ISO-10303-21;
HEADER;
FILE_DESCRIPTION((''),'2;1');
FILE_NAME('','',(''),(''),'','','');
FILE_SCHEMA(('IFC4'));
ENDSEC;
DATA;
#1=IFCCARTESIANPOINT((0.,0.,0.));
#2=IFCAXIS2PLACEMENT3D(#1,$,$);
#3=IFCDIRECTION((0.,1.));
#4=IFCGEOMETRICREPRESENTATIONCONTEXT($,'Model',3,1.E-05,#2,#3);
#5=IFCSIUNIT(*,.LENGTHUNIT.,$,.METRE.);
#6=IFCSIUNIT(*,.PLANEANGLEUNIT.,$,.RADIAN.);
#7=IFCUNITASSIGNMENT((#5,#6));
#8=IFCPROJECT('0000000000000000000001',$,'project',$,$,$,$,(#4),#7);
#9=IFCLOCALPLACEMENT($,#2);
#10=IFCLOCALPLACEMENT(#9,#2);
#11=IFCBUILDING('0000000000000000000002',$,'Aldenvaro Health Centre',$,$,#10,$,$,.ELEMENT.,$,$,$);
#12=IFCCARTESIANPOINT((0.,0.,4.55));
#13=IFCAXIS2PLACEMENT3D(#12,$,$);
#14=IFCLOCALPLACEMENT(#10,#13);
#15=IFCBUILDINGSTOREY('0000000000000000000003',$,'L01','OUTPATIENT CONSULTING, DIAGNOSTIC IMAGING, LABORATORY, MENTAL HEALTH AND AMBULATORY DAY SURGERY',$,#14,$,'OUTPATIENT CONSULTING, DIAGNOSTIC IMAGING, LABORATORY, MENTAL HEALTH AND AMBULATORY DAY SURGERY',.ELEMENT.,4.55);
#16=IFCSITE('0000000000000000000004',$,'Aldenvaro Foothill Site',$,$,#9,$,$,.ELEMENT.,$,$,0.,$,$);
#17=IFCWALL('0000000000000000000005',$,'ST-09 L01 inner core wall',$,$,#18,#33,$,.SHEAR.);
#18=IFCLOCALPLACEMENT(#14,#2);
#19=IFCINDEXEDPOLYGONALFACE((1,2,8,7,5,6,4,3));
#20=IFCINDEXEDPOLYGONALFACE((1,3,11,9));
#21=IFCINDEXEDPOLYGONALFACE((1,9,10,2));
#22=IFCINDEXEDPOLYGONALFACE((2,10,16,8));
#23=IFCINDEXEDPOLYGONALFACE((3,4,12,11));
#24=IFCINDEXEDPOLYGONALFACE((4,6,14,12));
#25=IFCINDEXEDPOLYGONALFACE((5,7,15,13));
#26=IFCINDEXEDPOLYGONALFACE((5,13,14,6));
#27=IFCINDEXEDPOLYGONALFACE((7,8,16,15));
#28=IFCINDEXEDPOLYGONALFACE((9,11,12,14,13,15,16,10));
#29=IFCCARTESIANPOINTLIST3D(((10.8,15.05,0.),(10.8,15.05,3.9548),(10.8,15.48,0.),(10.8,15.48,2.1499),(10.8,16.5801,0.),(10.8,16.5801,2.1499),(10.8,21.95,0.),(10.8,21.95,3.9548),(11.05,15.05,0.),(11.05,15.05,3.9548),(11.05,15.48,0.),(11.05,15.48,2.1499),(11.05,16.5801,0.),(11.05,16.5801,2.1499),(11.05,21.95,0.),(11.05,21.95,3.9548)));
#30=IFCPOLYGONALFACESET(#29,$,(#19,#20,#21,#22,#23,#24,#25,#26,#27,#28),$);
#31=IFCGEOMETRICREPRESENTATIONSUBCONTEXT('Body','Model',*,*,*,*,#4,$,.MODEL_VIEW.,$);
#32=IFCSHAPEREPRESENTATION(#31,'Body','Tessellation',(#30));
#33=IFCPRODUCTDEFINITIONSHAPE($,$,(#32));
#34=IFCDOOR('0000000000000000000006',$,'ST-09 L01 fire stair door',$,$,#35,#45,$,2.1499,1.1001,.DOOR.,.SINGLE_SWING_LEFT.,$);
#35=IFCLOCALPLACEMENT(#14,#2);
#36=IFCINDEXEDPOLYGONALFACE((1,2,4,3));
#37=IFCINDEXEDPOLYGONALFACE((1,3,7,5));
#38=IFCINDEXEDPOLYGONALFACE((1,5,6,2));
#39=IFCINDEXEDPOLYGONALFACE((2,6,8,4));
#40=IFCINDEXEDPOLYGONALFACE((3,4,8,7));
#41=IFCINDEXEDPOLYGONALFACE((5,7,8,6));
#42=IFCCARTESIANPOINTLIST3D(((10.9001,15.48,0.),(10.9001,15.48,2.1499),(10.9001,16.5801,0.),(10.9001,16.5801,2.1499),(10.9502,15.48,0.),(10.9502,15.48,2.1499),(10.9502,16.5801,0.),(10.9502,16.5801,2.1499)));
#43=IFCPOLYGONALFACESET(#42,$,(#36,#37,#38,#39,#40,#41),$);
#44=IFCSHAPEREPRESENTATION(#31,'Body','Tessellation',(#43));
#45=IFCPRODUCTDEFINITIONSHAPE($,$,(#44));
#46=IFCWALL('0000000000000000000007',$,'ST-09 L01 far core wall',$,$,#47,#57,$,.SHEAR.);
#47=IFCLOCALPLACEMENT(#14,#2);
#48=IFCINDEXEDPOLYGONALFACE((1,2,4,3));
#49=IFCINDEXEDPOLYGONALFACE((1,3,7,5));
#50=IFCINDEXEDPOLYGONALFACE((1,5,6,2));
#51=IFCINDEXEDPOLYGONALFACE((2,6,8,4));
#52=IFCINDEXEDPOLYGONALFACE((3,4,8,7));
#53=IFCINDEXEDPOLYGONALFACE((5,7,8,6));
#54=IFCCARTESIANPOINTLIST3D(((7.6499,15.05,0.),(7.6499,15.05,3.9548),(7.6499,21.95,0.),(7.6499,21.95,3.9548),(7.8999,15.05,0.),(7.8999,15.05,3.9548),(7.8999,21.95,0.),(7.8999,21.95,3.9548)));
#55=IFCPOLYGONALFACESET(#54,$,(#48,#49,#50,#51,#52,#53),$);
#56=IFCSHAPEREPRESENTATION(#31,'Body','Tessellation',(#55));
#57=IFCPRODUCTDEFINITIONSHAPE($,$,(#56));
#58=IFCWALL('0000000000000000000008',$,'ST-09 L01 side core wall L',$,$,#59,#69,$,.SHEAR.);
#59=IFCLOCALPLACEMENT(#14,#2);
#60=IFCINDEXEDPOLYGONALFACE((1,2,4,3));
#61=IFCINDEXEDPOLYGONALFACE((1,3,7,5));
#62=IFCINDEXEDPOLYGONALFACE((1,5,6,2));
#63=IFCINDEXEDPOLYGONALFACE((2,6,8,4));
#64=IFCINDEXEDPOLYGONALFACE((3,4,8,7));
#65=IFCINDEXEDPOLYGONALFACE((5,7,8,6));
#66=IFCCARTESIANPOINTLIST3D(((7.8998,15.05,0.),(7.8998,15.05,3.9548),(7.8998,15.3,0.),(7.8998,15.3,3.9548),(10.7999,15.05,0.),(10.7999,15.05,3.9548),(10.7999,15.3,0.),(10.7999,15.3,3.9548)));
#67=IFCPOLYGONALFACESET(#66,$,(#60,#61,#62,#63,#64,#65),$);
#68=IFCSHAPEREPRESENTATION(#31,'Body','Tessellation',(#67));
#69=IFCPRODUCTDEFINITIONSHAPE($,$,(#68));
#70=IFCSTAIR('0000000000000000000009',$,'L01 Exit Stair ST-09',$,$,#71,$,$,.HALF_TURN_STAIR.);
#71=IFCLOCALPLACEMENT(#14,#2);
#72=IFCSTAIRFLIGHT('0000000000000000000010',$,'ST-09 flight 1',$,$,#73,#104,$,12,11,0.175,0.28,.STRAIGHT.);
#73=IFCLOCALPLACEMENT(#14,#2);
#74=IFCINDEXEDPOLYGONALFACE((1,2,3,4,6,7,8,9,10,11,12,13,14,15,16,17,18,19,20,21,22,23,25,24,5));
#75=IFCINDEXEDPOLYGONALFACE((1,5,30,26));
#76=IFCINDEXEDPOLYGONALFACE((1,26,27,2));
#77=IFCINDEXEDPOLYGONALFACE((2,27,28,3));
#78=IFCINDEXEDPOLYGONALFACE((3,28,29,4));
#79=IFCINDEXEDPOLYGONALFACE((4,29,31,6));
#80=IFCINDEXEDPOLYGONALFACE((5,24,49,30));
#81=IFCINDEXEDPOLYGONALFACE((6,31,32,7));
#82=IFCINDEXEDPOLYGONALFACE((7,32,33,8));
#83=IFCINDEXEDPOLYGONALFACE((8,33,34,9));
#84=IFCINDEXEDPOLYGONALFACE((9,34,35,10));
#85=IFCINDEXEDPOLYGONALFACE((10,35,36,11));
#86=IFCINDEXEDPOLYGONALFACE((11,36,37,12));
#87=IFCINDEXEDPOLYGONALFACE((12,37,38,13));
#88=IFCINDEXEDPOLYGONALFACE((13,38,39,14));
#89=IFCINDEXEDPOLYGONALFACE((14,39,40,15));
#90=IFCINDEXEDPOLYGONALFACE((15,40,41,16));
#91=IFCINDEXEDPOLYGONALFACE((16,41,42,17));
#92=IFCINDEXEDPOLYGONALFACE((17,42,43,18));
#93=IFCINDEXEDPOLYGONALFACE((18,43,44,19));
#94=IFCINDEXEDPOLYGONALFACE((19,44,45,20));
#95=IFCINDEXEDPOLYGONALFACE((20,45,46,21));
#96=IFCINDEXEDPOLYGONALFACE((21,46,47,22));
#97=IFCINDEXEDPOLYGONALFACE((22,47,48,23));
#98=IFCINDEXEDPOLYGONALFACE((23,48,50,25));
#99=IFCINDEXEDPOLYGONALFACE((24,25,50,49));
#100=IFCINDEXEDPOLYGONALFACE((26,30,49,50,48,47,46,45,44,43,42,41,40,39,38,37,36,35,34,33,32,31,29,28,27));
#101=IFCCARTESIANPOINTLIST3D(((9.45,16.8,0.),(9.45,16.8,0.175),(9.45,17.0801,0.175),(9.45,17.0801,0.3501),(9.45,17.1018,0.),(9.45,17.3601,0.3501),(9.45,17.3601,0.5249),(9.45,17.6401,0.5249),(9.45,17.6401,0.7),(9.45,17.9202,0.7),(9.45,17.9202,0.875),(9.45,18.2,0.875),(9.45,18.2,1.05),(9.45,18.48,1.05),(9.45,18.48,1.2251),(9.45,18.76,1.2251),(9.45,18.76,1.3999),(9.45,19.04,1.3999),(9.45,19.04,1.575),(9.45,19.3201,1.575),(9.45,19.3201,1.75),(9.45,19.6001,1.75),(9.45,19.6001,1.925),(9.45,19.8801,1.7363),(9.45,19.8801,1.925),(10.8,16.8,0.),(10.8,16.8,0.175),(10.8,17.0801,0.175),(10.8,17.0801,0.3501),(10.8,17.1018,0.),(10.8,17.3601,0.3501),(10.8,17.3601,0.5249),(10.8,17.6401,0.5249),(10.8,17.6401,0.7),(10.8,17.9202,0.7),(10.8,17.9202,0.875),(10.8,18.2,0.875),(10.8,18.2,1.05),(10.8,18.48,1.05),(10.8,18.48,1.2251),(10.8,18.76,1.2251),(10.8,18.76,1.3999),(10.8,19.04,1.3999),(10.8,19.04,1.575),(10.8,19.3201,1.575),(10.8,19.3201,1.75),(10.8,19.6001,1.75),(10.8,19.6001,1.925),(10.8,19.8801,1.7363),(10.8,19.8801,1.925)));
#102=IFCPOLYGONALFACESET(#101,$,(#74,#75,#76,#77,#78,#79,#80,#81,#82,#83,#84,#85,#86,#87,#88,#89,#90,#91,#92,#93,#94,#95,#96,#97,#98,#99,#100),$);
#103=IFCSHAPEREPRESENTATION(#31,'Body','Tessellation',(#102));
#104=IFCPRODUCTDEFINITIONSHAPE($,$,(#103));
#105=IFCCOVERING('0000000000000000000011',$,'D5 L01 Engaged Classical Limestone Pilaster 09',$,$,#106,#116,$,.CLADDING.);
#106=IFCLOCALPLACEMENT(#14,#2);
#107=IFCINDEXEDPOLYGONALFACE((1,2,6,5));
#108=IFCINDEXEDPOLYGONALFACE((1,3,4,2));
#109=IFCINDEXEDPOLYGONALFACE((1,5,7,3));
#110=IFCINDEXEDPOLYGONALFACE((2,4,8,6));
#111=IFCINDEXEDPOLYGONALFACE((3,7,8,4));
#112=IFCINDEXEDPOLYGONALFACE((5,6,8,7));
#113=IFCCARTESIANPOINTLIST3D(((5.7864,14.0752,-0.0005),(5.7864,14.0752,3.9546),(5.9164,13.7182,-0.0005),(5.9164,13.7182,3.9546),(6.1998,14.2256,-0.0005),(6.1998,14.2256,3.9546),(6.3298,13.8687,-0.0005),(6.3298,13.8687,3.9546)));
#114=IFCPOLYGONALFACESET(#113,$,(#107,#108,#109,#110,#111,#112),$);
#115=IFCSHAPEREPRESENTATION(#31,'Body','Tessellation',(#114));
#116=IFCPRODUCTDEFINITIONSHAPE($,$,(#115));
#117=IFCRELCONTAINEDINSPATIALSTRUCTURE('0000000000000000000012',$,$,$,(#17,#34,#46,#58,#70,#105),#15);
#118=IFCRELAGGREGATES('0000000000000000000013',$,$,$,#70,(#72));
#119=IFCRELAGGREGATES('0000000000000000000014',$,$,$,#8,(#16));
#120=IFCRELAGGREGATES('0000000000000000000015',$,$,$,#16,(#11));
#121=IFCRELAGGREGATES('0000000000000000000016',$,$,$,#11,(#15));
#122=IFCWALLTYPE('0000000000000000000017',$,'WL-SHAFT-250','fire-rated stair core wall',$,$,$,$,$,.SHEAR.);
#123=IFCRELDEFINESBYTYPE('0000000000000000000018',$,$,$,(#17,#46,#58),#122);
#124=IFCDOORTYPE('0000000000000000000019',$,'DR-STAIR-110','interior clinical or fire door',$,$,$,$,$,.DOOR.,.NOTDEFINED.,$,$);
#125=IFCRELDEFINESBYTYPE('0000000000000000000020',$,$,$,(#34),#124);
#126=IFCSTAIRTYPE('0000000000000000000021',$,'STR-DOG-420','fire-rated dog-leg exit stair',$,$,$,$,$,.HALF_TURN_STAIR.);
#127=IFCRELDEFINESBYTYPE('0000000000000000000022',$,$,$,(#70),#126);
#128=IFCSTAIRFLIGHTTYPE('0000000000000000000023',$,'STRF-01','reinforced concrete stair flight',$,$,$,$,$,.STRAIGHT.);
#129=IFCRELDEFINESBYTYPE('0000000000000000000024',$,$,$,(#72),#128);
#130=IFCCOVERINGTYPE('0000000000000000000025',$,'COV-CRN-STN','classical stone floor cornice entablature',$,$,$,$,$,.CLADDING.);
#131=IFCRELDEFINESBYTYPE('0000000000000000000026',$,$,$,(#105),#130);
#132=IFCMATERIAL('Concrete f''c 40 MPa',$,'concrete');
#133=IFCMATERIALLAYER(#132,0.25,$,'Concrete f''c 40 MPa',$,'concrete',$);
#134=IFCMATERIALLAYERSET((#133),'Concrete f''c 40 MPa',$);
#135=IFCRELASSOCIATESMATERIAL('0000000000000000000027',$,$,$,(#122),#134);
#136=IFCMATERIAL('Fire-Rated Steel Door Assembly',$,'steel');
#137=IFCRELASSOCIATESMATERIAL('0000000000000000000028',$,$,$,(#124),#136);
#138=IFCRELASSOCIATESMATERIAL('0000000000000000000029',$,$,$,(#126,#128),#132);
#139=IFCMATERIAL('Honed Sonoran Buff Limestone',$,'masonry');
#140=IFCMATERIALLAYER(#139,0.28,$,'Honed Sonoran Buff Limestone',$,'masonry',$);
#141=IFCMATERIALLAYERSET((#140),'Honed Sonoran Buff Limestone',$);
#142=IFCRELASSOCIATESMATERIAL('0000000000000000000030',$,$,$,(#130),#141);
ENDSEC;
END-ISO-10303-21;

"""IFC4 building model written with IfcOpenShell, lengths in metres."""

from ifc_helpers import new_model, si_unit, direction, frame, frame_2d, origin, origin_2d, place, context, subcontext, project, spatial, polyline, rectangle, outline, extrude, material, layer, layer_set, type_object, element, fill, aggregate, save


model = new_model("IFC4")

# Units and contexts
model_context = context("Model", 3, precision=1e-05, world=origin(), true_north=direction((0.0, 1.0)))
body_context = subcontext(model_context, "Body", "Model", "MODEL_VIEW")
ifc_project = project(units=[si_unit("LENGTHUNIT", "METRE"), si_unit("PLANEANGLEUNIT", "RADIAN")], contexts=[model_context])

# Site, building, storey
site_placement = place(None, origin())
site = spatial("IfcSite", under=ifc_project, at=site_placement, Name="Aldenvaro Foothill Site", CompositionType="ELEMENT", RefElevation=0.0)
building_placement = place(site_placement, origin())
building = spatial("IfcBuilding", under=site, at=building_placement, Name="Aldenvaro Health Centre", CompositionType="ELEMENT")
storey_placement = place(building_placement, frame((0.0, 0.0, 4.55)))
storey = spatial("IfcBuildingStorey", under=building, at=storey_placement, Name="L01", Description="OUTPATIENT CONSULTING, DIAGNOSTIC IMAGING, LABORATORY, MENTAL HEALTH AND AMBULATORY DAY SURGERY", LongName="OUTPATIENT CONSULTING, DIAGNOSTIC IMAGING, LABORATORY, MENTAL HEALTH AND AMBULATORY DAY SURGERY", CompositionType="ELEMENT", Elevation=4.55)

# Shared definitions
ifc_material_1 = material(Name="Concrete f'c 40 MPa", Category="concrete")

# Wall, opening, door
ifc_layer_1 = layer(ifc_material_1, 0.25, Name="Concrete f'c 40 MPa", Category="concrete")
ifc_layer_set_1 = layer_set([ifc_layer_1], Name="Concrete f'c 40 MPa")
wall_type_1 = type_object("IfcWallType", Name="WL-SHAFT-250", Description="fire-rated stair core wall", PredefinedType="SHEAR", material=ifc_layer_set_1)
wall_1_placement = place(storey_placement, frame((10.925, 15.05, 0.0), z_axis=(0.0, 0.0, 1.0), x_axis=(0.0, 1.0, 0.0)))
wall_1 = element("IfcWall", 1, at=wall_1_placement, inside=storey, type_object=wall_type_1, Name="ST-09 L01 inner core wall", PredefinedType="SHEAR", context=body_context, shape_type="SweptSolid", body=[
    extrude(rectangle(XDim=6.8999, YDim=0.25, at=frame_2d((3.45, 0.0))), origin(), (0.0, 0.0, 1.0), 3.9548),
])
opening_1_placement = place(wall_1_placement, frame((0.4299, 0.0, 0.0)))
opening_1 = element("IfcOpeningElement", 2, at=opening_1_placement, cuts=wall_1, PredefinedType="OPENING", context=body_context, shape_type="SweptSolid", body=[
    extrude(rectangle(XDim=1.1001, YDim=2.1499, at=frame_2d((0.55, 1.075))), frame((0.0, 0.135, 0.0), z_axis=(0.0, -1.0, 0.0), x_axis=(1.0, 0.0, 0.0)), (0.0, 0.0, 1.0), 0.27),
])
ifc_material_2 = material(Name="Fire-Rated Steel Door Assembly", Category="steel")
door_type = type_object("IfcDoorType", Name="DR-STAIR-110", Description="interior clinical or fire door", OperationType="NOTDEFINED", PredefinedType="DOOR", material=ifc_material_2)
door_placement = place(opening_1_placement, origin())
door = element("IfcDoor", 3, at=door_placement, inside=storey, type_object=door_type, Name="ST-09 L01 fire stair door", OperationType="SINGLE_SWING_LEFT", OverallHeight=2.1499, OverallWidth=1.1001, PredefinedType="DOOR", context=body_context, shape_type="SweptSolid", body=[
    extrude(rectangle(XDim=1.1001, YDim=2.1499, at=frame_2d((0.55, 1.075))), frame((0.0, 0.0249, 0.0), z_axis=(0.0, -1.0, 0.0), x_axis=(1.0, 0.0, 0.0)), (0.0, 0.0, 1.0), 0.05),
])
fill(opening_1, door)

# Walls
wall_2_placement = place(storey_placement, frame((7.7749, 15.05, 0.0), z_axis=(0.0, 0.0, 1.0), x_axis=(0.0, 1.0, 0.0)))
element("IfcWall", 4, at=wall_2_placement, inside=storey, type_object=wall_type_1, Name="ST-09 L01 far core wall", PredefinedType="SHEAR", context=body_context, shape_type="SweptSolid", body=[
    extrude(rectangle(XDim=6.8999, YDim=0.25, at=frame_2d((3.45, 0.0))), origin(), (0.0, 0.0, 1.0), 3.9548),
])
wall_3_placement = place(storey_placement, frame((10.8, 15.175, 0.0), z_axis=(0.0, 0.0, 1.0), x_axis=(-1.0, 0.0, 0.0)))
element("IfcWall", 5, at=wall_3_placement, inside=storey, type_object=wall_type_1, Name="ST-09 L01 side core wall L", PredefinedType="SHEAR", context=body_context, shape_type="SweptSolid", body=[
    extrude(rectangle(XDim=2.9001, YDim=0.25, at=frame_2d((1.4502, 0.0))), origin(), (0.0, 0.0, 1.0), 3.9548),
])

# Stair, stair flight
stair_type = type_object("IfcStairType", Name="STR-DOG-420", Description="fire-rated dog-leg exit stair", PredefinedType="HALF_TURN_STAIR", material=ifc_material_1)
stair_placement = place(storey_placement, origin())
stair = element("IfcStair", 6, at=stair_placement, inside=storey, type_object=stair_type, Name="L01 Exit Stair ST-09", PredefinedType="HALF_TURN_STAIR")
stair_flight_type = type_object("IfcStairFlightType", Name="STRF-01", Description="reinforced concrete stair flight", PredefinedType="STRAIGHT", material=ifc_material_1)
stair_flight_placement = place(storey_placement, frame((10.125, 16.8, 0.0), z_axis=(0.0, 0.0, 1.0), x_axis=(0.0, 1.0, 0.0)))
stair_flight = element("IfcStairFlight", 7, at=stair_flight_placement, type_object=stair_flight_type, Name="ST-09 flight 1", NumberOfRisers=12, NumberOfTreads=11, PredefinedType="STRAIGHT", RiserHeight=0.175, TreadLength=0.28, context=body_context, shape_type="SweptSolid", body=[
    extrude(outline(polyline([(0.0, 0.0), (0.0, 0.175), (0.28, 0.175), (0.28, 0.3501), (0.5601, 0.3501), (0.5601, 0.5249), (0.8401, 0.5249), (0.8401, 0.7), (1.1201, 0.7), (1.1201, 0.875), (1.3999, 0.875), (1.3999, 1.05), (1.6799, 1.05), (1.6799, 1.2251), (1.96, 1.2251), (1.96, 1.3999), (2.24, 1.3999), (2.24, 1.575), (2.52, 1.575), (2.52, 1.75), (2.8, 1.75), (2.8, 1.925), (3.0801, 1.925), (3.0801, 2.1001), (3.0801, 1.7363), (0.3018, 0.0), (0.0, 0.0)])), frame((0.0, 0.675, 0.0), z_axis=(0.0, -1.0, 0.0), x_axis=(1.0, 0.0, 0.0)), (0.0, 0.0, 1.0), 1.3501),
])
aggregate(stair, [stair_flight])

# Covering
ifc_material_3 = material(Name="Honed Sonoran Buff Limestone", Category="masonry")
ifc_layer_2 = layer(ifc_material_3, 0.28, Name="Honed Sonoran Buff Limestone", Category="masonry")
ifc_layer_set_2 = layer_set([ifc_layer_2], Name="Honed Sonoran Buff Limestone")
covering_type = type_object("IfcCoveringType", Name="COV-CRN-STN", Description="classical stone floor cornice entablature", PredefinedType="CLADDING", material=ifc_layer_set_2)
covering_placement = place(storey_placement, frame((6.0581, 13.9719, -0.0005), z_axis=(0.0, 0.0, 1.0), x_axis=(-0.939694, -0.342017, 0.0)))
element("IfcCovering", 8, at=covering_placement, inside=storey, type_object=covering_type, Name="D5 L01 Engaged Classical Limestone Pilaster 09", PredefinedType="CLADDING", context=body_context, shape_type="SweptSolid", body=[
    extrude(rectangle(XDim=0.4399, YDim=0.3799, at=origin_2d()), origin(), (0.0, 0.0, 1.0), 3.9551),
])

save(model, "model.ifc")
